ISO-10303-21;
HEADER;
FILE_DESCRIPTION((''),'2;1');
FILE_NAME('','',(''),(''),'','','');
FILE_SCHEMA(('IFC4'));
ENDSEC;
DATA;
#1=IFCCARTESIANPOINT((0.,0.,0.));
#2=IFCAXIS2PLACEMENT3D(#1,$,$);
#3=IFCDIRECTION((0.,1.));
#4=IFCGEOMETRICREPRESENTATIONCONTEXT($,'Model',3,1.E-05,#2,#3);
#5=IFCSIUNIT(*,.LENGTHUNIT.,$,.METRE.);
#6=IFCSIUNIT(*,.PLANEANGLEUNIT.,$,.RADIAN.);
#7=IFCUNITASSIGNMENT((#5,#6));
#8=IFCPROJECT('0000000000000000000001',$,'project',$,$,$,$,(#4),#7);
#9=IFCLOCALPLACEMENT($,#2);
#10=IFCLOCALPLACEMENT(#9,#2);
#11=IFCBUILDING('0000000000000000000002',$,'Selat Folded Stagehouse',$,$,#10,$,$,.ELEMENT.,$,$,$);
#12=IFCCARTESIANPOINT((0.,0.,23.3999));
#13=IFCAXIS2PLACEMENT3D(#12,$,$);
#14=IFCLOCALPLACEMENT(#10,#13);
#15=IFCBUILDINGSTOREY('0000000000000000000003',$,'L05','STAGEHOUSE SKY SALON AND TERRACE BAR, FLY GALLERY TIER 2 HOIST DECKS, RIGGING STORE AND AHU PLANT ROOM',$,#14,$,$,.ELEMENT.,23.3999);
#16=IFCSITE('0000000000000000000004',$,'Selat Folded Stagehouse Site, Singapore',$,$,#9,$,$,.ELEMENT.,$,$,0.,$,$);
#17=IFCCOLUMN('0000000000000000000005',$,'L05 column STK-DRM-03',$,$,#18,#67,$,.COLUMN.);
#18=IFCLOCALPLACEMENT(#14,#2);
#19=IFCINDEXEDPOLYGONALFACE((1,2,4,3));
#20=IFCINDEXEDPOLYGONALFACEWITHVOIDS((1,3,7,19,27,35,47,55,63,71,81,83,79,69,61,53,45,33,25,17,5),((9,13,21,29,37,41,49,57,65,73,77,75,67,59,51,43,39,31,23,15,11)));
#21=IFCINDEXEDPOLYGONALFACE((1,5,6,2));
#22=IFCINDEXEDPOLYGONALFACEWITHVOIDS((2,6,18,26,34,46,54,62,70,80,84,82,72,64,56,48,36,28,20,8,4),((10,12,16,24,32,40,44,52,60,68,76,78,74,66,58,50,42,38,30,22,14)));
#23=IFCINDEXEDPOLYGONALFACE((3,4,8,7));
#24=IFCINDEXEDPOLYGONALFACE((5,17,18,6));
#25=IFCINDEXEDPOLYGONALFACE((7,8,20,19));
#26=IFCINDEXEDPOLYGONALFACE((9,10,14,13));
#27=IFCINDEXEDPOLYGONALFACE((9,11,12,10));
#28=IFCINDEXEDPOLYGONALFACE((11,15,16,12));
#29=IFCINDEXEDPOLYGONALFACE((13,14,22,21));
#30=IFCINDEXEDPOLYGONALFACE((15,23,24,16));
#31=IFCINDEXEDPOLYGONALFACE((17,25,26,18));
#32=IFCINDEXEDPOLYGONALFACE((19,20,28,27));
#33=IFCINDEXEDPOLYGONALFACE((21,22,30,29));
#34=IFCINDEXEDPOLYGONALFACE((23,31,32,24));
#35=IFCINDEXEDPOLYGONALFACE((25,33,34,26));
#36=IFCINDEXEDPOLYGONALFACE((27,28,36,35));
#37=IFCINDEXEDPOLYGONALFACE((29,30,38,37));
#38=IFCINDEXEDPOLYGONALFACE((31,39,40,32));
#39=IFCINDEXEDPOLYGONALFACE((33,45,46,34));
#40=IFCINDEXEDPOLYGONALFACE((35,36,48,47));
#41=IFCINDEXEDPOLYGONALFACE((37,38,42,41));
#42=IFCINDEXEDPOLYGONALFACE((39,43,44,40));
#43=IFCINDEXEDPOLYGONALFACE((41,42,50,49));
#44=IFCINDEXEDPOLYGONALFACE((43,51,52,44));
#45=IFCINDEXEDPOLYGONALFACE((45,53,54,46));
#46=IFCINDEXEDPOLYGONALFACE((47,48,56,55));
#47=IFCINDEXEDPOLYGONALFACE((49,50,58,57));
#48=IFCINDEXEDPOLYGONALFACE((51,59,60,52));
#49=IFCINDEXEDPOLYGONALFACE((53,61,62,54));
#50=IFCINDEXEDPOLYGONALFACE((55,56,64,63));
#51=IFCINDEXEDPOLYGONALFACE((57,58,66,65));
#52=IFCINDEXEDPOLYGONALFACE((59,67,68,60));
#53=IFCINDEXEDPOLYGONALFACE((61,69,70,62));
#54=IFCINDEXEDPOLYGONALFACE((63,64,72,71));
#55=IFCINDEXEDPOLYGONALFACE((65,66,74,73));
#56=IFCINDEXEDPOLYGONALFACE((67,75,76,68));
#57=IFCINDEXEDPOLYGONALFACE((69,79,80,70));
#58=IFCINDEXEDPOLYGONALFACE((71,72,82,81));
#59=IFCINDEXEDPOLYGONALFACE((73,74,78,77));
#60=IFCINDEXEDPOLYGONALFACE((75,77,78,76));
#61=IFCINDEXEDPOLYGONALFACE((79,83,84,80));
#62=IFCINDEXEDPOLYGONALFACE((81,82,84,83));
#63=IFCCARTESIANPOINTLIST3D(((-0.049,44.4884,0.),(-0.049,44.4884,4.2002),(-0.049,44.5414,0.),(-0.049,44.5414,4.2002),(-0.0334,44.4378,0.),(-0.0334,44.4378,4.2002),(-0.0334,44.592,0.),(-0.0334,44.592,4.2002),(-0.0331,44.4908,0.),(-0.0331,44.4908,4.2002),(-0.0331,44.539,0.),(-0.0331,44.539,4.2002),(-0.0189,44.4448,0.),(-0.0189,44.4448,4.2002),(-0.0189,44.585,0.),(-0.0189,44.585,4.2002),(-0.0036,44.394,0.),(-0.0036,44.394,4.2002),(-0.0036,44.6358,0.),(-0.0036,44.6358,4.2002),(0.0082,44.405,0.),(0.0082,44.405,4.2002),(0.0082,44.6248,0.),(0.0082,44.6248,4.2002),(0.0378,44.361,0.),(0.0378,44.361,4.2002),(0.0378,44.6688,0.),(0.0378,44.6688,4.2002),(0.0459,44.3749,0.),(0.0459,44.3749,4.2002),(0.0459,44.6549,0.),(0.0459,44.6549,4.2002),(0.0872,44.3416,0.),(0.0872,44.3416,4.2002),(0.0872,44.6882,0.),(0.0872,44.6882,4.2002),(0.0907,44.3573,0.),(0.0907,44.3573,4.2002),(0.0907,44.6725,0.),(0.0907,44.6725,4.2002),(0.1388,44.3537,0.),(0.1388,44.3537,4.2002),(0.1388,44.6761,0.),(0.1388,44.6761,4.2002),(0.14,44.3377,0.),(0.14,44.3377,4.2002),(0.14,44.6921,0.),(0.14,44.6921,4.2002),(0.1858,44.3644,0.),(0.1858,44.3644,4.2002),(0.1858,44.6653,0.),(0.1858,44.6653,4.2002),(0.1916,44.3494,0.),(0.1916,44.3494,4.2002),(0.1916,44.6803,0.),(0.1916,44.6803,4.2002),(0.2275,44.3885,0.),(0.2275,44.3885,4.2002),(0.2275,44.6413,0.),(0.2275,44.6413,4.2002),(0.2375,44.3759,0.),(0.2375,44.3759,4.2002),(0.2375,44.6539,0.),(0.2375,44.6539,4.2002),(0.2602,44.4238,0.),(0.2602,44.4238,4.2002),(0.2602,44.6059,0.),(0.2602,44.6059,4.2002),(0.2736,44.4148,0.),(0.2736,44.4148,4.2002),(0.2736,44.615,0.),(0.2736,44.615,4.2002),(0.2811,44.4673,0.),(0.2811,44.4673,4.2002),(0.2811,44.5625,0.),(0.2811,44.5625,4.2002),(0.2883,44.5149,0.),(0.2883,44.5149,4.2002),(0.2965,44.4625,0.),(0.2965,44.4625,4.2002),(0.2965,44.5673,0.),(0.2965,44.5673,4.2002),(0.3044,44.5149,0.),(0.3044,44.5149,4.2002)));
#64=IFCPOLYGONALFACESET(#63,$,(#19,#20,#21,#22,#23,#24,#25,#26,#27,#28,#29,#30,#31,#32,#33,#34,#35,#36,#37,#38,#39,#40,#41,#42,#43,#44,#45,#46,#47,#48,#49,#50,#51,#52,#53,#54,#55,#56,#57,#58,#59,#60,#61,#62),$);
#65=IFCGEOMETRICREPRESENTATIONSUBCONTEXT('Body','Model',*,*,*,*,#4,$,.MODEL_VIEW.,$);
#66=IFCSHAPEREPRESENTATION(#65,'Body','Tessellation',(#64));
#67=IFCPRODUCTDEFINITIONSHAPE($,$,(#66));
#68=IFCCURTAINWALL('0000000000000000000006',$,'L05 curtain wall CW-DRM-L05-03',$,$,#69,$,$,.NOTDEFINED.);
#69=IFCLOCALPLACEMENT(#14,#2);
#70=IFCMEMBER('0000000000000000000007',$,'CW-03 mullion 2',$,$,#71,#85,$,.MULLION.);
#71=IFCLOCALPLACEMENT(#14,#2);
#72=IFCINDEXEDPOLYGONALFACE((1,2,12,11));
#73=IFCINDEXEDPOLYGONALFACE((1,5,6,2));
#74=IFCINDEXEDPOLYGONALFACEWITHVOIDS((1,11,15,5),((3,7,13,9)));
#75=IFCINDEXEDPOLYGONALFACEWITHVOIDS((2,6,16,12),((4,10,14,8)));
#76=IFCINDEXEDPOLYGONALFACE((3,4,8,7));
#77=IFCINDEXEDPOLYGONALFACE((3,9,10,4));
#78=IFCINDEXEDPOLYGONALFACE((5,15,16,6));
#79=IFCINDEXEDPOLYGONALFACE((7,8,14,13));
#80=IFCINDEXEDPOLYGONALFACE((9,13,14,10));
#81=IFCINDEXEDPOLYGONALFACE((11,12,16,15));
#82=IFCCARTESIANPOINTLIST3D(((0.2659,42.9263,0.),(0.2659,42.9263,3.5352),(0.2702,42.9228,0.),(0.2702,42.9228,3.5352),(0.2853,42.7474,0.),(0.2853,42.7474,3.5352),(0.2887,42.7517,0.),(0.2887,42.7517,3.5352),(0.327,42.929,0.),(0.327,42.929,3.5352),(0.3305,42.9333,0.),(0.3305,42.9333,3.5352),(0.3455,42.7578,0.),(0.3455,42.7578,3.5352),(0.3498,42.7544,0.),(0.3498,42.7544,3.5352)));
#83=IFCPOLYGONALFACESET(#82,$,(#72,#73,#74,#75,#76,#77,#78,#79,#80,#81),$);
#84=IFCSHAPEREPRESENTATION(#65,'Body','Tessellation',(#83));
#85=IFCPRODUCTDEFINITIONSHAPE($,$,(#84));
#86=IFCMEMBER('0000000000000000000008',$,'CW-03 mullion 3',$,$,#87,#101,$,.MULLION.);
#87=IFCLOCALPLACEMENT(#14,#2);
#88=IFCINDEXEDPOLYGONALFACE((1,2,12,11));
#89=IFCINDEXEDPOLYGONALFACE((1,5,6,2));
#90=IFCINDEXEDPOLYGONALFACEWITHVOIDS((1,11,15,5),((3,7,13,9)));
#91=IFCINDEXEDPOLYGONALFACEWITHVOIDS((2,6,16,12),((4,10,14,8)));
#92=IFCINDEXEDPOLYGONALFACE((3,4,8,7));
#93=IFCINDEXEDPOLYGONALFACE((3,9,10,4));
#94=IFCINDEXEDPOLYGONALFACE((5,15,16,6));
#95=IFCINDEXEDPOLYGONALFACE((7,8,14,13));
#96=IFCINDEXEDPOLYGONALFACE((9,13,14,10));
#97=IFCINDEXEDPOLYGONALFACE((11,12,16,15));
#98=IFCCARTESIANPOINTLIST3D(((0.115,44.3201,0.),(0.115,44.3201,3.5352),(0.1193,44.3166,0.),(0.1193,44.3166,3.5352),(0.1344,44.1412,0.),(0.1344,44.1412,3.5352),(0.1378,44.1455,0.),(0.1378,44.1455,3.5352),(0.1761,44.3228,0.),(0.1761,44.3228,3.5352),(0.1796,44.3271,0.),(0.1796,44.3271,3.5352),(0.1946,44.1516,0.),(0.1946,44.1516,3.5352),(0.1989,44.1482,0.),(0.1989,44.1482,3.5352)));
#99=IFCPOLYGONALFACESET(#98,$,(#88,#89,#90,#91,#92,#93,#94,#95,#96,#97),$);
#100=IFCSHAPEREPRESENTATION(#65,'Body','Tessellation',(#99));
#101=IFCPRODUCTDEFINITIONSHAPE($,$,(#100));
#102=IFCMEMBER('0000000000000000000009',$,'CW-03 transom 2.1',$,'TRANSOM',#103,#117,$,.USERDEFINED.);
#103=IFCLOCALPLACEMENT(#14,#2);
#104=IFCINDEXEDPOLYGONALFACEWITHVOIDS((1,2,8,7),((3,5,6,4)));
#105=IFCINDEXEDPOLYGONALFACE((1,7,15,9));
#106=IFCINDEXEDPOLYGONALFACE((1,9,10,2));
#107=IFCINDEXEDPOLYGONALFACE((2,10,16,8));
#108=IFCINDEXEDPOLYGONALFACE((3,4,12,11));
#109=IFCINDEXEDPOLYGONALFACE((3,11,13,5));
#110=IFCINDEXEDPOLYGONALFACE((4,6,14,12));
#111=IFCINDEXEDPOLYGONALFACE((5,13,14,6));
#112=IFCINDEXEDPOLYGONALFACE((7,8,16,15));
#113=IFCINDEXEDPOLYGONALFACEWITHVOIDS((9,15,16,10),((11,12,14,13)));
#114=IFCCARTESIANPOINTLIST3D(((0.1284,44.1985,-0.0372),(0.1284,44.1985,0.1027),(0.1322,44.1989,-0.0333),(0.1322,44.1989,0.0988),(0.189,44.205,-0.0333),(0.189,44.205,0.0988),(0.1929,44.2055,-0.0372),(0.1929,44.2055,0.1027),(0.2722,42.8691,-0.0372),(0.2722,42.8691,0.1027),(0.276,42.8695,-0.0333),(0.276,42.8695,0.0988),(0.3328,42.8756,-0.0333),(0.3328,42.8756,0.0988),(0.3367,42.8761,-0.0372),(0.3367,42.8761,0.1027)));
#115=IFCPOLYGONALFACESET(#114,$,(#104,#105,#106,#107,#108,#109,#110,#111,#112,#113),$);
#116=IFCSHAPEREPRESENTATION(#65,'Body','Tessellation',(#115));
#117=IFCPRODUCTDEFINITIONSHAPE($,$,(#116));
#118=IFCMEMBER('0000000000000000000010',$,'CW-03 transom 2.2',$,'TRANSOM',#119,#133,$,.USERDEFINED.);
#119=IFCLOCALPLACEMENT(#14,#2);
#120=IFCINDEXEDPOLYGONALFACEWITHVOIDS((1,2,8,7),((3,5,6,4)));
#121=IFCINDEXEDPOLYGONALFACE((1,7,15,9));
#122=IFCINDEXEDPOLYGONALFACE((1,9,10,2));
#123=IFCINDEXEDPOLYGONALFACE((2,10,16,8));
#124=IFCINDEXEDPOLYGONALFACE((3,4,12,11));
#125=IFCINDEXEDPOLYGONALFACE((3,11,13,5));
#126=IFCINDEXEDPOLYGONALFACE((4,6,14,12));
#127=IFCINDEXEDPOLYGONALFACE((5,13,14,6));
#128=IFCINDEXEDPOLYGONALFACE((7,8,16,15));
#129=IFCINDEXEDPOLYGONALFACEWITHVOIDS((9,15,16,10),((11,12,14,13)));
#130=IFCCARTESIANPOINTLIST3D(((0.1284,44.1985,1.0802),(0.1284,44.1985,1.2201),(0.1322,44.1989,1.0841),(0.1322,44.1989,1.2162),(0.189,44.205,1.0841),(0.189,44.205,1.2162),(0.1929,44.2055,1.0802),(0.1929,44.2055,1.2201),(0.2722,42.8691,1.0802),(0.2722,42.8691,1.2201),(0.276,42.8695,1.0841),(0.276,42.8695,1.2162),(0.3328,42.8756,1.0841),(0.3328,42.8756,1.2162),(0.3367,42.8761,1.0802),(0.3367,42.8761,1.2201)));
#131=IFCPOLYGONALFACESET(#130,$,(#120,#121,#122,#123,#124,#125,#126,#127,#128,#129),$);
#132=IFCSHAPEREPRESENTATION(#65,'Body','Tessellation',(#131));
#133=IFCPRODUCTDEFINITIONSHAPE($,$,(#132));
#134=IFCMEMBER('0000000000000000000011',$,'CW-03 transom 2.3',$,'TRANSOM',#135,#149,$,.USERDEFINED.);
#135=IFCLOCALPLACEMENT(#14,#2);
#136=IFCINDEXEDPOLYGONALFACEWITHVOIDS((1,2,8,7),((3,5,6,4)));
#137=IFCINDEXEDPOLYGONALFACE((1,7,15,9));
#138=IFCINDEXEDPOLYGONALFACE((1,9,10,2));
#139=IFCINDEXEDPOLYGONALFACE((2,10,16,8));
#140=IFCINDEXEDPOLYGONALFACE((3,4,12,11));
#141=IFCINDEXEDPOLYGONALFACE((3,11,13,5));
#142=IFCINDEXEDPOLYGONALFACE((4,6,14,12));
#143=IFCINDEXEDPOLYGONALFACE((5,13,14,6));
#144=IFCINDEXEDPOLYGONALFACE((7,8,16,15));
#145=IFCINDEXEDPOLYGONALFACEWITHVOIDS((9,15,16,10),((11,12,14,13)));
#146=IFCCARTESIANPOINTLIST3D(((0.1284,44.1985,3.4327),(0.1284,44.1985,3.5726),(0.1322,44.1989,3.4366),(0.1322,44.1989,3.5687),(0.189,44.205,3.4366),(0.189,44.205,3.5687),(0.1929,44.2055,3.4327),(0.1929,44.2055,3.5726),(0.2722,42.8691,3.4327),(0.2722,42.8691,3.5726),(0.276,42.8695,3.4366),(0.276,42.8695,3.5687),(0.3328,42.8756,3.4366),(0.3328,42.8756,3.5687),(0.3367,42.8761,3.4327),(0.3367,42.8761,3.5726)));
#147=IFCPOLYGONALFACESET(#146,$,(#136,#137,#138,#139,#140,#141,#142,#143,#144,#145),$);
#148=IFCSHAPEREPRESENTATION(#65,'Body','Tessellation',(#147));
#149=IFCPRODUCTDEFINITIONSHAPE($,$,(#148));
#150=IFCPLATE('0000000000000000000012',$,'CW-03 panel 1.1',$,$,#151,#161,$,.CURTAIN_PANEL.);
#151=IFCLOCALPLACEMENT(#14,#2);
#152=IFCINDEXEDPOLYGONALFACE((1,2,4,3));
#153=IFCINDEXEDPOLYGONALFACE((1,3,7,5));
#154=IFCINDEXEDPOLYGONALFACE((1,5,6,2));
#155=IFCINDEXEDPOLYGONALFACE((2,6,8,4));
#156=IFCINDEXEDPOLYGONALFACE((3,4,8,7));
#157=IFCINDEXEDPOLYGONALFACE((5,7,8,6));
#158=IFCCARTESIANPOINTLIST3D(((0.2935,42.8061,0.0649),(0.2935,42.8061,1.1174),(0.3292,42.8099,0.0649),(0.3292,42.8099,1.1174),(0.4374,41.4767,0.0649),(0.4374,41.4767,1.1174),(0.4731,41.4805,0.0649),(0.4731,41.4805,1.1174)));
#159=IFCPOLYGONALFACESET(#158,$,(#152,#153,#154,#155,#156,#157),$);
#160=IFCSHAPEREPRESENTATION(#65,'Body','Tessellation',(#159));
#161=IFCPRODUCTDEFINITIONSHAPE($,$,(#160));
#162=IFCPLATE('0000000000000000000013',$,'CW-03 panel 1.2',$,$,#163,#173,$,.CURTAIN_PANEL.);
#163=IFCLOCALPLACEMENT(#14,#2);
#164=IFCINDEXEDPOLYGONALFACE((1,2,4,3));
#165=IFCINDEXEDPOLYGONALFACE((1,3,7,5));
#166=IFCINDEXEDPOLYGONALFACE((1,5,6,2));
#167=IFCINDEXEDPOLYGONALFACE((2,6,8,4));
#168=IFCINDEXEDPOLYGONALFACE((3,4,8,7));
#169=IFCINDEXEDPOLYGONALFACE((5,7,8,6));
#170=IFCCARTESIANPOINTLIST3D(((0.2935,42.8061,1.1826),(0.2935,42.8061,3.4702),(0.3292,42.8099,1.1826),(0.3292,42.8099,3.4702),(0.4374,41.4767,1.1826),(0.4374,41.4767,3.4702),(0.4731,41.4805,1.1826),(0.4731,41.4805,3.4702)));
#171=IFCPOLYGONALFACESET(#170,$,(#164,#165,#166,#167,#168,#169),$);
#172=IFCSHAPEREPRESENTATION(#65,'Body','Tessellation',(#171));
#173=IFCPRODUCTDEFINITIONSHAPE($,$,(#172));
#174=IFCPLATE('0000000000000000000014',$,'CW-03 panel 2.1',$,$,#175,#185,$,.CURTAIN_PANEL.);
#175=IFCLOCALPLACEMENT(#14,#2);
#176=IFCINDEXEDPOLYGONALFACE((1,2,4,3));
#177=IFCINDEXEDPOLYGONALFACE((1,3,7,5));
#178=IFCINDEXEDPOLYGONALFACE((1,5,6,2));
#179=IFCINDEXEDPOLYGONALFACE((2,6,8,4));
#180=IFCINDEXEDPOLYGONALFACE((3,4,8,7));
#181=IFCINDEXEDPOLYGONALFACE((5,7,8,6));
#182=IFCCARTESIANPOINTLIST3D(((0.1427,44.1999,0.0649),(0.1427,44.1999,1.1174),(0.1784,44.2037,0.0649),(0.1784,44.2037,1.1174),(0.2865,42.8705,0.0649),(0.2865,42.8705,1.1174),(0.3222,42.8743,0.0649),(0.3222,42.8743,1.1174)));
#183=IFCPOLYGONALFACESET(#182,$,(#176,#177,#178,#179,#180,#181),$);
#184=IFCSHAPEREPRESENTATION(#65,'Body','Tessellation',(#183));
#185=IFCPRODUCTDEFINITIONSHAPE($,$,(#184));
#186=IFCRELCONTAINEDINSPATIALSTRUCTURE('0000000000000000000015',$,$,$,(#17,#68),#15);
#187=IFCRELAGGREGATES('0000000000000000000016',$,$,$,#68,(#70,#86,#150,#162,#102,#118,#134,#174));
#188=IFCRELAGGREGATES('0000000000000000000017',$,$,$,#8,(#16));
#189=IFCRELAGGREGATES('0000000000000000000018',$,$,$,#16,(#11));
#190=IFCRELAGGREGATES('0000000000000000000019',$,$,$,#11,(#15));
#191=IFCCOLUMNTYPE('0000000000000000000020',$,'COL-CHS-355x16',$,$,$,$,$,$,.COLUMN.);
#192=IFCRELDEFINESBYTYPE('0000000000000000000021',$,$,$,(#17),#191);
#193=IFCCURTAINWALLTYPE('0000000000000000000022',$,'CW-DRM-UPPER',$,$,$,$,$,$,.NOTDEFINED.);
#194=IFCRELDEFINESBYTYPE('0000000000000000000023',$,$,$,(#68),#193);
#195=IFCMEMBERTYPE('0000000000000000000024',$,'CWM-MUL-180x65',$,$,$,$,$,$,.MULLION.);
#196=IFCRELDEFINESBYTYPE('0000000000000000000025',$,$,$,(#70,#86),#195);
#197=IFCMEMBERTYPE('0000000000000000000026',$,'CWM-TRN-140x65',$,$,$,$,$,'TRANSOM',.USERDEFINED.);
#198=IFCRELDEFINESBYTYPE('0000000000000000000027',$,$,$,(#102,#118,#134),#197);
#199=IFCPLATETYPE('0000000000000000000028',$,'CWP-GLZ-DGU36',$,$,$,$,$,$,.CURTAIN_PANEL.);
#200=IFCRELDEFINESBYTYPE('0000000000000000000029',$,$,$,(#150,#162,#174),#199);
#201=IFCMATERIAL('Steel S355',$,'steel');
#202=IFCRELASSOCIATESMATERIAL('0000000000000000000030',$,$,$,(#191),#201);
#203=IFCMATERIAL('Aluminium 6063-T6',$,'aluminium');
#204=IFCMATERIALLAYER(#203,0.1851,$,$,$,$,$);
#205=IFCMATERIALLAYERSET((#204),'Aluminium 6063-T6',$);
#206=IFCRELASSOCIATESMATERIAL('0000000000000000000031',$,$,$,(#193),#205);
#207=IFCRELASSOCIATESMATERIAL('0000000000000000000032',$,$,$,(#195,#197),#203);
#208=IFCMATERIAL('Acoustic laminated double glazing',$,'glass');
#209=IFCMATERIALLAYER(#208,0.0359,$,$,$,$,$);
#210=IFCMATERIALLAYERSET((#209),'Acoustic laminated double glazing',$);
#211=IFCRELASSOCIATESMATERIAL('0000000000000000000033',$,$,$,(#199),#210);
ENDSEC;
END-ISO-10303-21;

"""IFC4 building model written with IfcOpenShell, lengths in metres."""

from ifc_helpers import new_model, si_unit, direction, frame, origin, origin_2d, place, context, subcontext, project, spatial, rectangle, hollow_rectangle, hollow_circle, extrude, material, layer, layer_set, material_profile, profile_set, type_object, element, aggregate, save


model = new_model("IFC4")

# Units and contexts
model_context = context("Model", 3, precision=1e-05, world=origin(), true_north=direction((0.0, 1.0)))
body_context = subcontext(model_context, "Body", "Model", "MODEL_VIEW")
ifc_project = project(units=[si_unit("LENGTHUNIT", "METRE"), si_unit("PLANEANGLEUNIT", "RADIAN")], contexts=[model_context])

# Site, building, storey
site_placement = place(None, origin())
site = spatial("IfcSite", under=ifc_project, at=site_placement, Name="Selat Folded Stagehouse Site, Singapore", CompositionType="ELEMENT", RefElevation=0.0)
building_placement = place(site_placement, origin())
building = spatial("IfcBuilding", under=site, at=building_placement, Name="Selat Folded Stagehouse", CompositionType="ELEMENT")
storey_placement = place(building_placement, frame((0.0, 0.0, 23.3999)))
storey = spatial("IfcBuildingStorey", under=building, at=storey_placement, Name="L05", Description="STAGEHOUSE SKY SALON AND TERRACE BAR, FLY GALLERY TIER 2 HOIST DECKS, RIGGING STORE AND AHU PLANT ROOM", CompositionType="ELEMENT", Elevation=23.3999)

# Column
ifc_material_1 = material(Name="Steel S355", Category="steel")
ifc_material_profile_1 = material_profile(ifc_material_1, hollow_circle(Radius=0.1777, WallThickness=0.0161, at=origin_2d()), Name="CHS 355.6x16.0")
ifc_profile_set_1 = profile_set([ifc_material_profile_1], Name="Steel S355")
column_type = type_object("IfcColumnType", Name="COL-CHS-355x16", PredefinedType="COLUMN", material=ifc_profile_set_1)
column_placement = place(storey_placement, frame((0.1267, 44.5149, 0.0), z_axis=(0.0, 0.0, 1.0), x_axis=(1.0, 0.0, 0.0)))
element("IfcColumn", 1, at=column_placement, inside=storey, type_object=column_type, Name="L05 column STK-DRM-03", PredefinedType="COLUMN", context=body_context, shape_type="SweptSolid", body=[
    extrude(hollow_circle(Radius=0.1777, WallThickness=0.0161, at=origin_2d()), origin(), (0.0, 0.0, 1.0), 4.2002),
])

# Curtain wall, members, plates
ifc_material_2 = material(Name="Aluminium 6063-T6", Category="aluminium")
ifc_layer_1 = layer(ifc_material_2, 0.1851)
ifc_layer_set_1 = layer_set([ifc_layer_1], Name="Aluminium 6063-T6")
curtain_wall_type = type_object("IfcCurtainWallType", Name="CW-DRM-UPPER", PredefinedType="NOTDEFINED", material=ifc_layer_set_1)
curtain_wall_placement = place(storey_placement, origin())
curtain_wall = element("IfcCurtainWall", 2, at=curtain_wall_placement, inside=storey, type_object=curtain_wall_type, Name="L05 curtain wall CW-DRM-L05-03", PredefinedType="NOTDEFINED")
ifc_material_profile_2 = material_profile(ifc_material_2, hollow_rectangle(XDim=0.0649, YDim=0.1799, WallThickness=0.0039, at=origin_2d()), Name="ALU 180x65x4.0")
ifc_profile_set_2 = profile_set([ifc_material_profile_2], Name="Aluminium 6063-T6")
member_type_1 = type_object("IfcMemberType", Name="CWM-MUL-180x65", PredefinedType="MULLION", material=ifc_profile_set_2)
member_1_placement = place(storey_placement, frame((0.3079, 42.8403, 0.0), z_axis=(0.0, 0.0, 1.0), x_axis=(-0.994199, -0.107558, 0.0)))
member_1 = element("IfcMember", 3, at=member_1_placement, type_object=member_type_1, Name="CW-03 mullion 2", PredefinedType="MULLION", context=body_context, shape_type="SweptSolid", body=[
    extrude(hollow_rectangle(XDim=0.0649, YDim=0.1799, WallThickness=0.0039, at=origin_2d()), origin(), (0.0, 0.0, 1.0), 3.5352),
])
member_2_placement = place(storey_placement, frame((0.157, 44.2341, 0.0), z_axis=(0.0, 0.0, 1.0), x_axis=(-0.994199, -0.107558, 0.0)))
member_2 = element("IfcMember", 4, at=member_2_placement, type_object=member_type_1, Name="CW-03 mullion 3", PredefinedType="MULLION", context=body_context, shape_type="SweptSolid", body=[
    extrude(hollow_rectangle(XDim=0.0649, YDim=0.1799, WallThickness=0.0039, at=origin_2d()), origin(), (0.0, 0.0, 1.0), 3.5352),
])
ifc_material_profile_3 = material_profile(ifc_material_2, hollow_rectangle(XDim=0.0649, YDim=0.1399, WallThickness=0.0039, at=origin_2d()), Name="ALU 140x65x4.0")
ifc_profile_set_3 = profile_set([ifc_material_profile_3], Name="Aluminium 6063-T6")
member_type_2 = type_object("IfcMemberType", Name="CWM-TRN-140x65", ElementType="TRANSOM", PredefinedType="USERDEFINED", material=ifc_profile_set_3)
member_3_placement = place(storey_placement, frame((0.3044, 42.8726, 0.0327), z_axis=(-0.107545, 0.9942, 0.0), x_axis=(-0.9942, -0.107545, 0.0)))
member_3 = element("IfcMember", 5, at=member_3_placement, type_object=member_type_2, Name="CW-03 transom 2.1", ObjectType="TRANSOM", PredefinedType="USERDEFINED", context=body_context, shape_type="SweptSolid", body=[
    extrude(hollow_rectangle(XDim=0.0649, YDim=0.1399, WallThickness=0.0039, at=origin_2d()), origin(), (0.0, 0.0, 1.0), 1.3372),
])
member_4_placement = place(storey_placement, frame((0.3044, 42.8726, 1.1501), z_axis=(-0.107545, 0.9942, 0.0), x_axis=(-0.9942, -0.107545, 0.0)))
member_4 = element("IfcMember", 6, at=member_4_placement, type_object=member_type_2, Name="CW-03 transom 2.2", ObjectType="TRANSOM", PredefinedType="USERDEFINED", context=body_context, shape_type="SweptSolid", body=[
    extrude(hollow_rectangle(XDim=0.0649, YDim=0.1399, WallThickness=0.0039, at=origin_2d()), origin(), (0.0, 0.0, 1.0), 1.3372),
])
member_5_placement = place(storey_placement, frame((0.3044, 42.8726, 3.5027), z_axis=(-0.107545, 0.9942, 0.0), x_axis=(-0.9942, -0.107545, 0.0)))
member_5 = element("IfcMember", 7, at=member_5_placement, type_object=member_type_2, Name="CW-03 transom 2.3", ObjectType="TRANSOM", PredefinedType="USERDEFINED", context=body_context, shape_type="SweptSolid", body=[
    extrude(hollow_rectangle(XDim=0.0649, YDim=0.1399, WallThickness=0.0039, at=origin_2d()), origin(), (0.0, 0.0, 1.0), 1.3372),
])
ifc_material_3 = material(Name="Acoustic laminated double glazing", Category="glass")
ifc_layer_2 = layer(ifc_material_3, 0.0359)
ifc_layer_set_2 = layer_set([ifc_layer_2], Name="Acoustic laminated double glazing")
plate_type = type_object("IfcPlateType", Name="CWP-GLZ-DGU36", PredefinedType="CURTAIN_PANEL", material=ifc_layer_set_2)
plate_1_placement = place(storey_placement, frame((0.3833, 42.1433, 0.0649), z_axis=(0.0, 0.0, 1.0), x_axis=(-0.107558, 0.994199, 0.0)))
plate_1 = element("IfcPlate", 8, at=plate_1_placement, type_object=plate_type, Name="CW-03 panel 1.1", PredefinedType="CURTAIN_PANEL", context=body_context, shape_type="SweptSolid", body=[
    extrude(rectangle(XDim=1.3372, YDim=0.0359, at=origin_2d()), origin(), (0.0, 0.0, 1.0), 1.0525),
])
plate_2_placement = place(storey_placement, frame((0.3833, 42.1433, 1.1826), z_axis=(0.0, 0.0, 1.0), x_axis=(-0.107558, 0.994199, 0.0)))
plate_2 = element("IfcPlate", 9, at=plate_2_placement, type_object=plate_type, Name="CW-03 panel 1.2", PredefinedType="CURTAIN_PANEL", context=body_context, shape_type="SweptSolid", body=[
    extrude(rectangle(XDim=1.3372, YDim=0.0359, at=origin_2d()), origin(), (0.0, 0.0, 1.0), 2.2876),
])
plate_3_placement = place(storey_placement, frame((0.2324, 43.5371, 0.0649), z_axis=(0.0, 0.0, 1.0), x_axis=(-0.107558, 0.994199, 0.0)))
plate_3 = element("IfcPlate", 10, at=plate_3_placement, type_object=plate_type, Name="CW-03 panel 2.1", PredefinedType="CURTAIN_PANEL", context=body_context, shape_type="SweptSolid", body=[
    extrude(rectangle(XDim=1.3372, YDim=0.0359, at=origin_2d()), origin(), (0.0, 0.0, 1.0), 1.0525),
])
aggregate(curtain_wall, [member_1, member_2, plate_1, plate_2, member_3, member_4, member_5, plate_3])

save(model, "model.ifc")
